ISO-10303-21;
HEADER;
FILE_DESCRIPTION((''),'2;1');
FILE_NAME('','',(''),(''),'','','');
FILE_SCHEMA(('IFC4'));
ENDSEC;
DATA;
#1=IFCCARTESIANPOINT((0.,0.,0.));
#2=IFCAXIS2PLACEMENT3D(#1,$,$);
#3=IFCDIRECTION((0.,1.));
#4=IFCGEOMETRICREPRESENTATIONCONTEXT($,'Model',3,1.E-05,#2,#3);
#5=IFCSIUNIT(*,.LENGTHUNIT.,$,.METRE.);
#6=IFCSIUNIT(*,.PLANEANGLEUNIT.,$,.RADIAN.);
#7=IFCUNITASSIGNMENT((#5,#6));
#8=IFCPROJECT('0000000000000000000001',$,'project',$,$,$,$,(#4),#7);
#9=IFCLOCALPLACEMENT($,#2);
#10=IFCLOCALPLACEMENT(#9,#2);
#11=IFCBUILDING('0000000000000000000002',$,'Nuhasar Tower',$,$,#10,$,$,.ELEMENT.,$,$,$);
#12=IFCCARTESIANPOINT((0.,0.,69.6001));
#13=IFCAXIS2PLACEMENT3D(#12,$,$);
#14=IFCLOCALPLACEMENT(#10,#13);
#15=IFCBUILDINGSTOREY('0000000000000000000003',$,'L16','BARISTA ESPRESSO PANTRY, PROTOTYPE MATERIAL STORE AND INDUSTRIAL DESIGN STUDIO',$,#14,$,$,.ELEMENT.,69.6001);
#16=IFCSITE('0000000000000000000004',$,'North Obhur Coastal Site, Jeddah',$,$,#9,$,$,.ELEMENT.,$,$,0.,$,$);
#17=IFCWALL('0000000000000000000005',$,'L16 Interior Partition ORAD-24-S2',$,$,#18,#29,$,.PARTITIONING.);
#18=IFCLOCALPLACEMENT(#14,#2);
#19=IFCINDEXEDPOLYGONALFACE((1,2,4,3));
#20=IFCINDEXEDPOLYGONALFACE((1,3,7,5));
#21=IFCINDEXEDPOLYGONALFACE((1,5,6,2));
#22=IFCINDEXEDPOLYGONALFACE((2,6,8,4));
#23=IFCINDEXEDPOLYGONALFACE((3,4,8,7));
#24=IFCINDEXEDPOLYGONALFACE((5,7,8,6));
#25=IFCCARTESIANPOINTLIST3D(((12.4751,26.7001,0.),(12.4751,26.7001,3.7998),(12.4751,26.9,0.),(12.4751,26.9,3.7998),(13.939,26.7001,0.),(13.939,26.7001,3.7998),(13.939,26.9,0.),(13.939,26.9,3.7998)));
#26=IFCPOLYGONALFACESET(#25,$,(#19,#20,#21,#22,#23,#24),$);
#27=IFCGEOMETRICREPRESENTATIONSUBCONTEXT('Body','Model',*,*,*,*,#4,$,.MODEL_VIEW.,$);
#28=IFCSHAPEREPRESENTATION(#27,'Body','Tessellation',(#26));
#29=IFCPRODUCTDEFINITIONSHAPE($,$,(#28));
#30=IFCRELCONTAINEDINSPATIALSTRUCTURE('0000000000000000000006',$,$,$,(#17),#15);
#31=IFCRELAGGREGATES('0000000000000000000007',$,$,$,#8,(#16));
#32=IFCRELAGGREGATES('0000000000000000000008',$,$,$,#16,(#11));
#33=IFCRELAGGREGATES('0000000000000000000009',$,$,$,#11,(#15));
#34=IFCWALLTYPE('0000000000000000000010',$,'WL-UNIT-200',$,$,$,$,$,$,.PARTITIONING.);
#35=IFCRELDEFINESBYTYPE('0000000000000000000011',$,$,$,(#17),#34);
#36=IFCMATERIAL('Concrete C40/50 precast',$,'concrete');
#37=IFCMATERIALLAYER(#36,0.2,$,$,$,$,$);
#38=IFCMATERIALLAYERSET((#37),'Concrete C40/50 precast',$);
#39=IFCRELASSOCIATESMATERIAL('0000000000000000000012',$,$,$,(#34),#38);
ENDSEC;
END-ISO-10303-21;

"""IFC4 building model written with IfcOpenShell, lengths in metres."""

from ifc_helpers import new_model, si_unit, direction, frame, frame_2d, origin, place, context, subcontext, project, spatial, rectangle, extrude, material, layer, layer_set, type_object, element, save


model = new_model("IFC4")

# Units and contexts
model_context = context("Model", 3, precision=1e-05, world=origin(), true_north=direction((0.0, 1.0)))
body_context = subcontext(model_context, "Body", "Model", "MODEL_VIEW")
ifc_project = project(units=[si_unit("LENGTHUNIT", "METRE"), si_unit("PLANEANGLEUNIT", "RADIAN")], contexts=[model_context])

# Site, building, storey
site_placement = place(None, origin())
site = spatial("IfcSite", under=ifc_project, at=site_placement, Name="North Obhur Coastal Site, Jeddah", CompositionType="ELEMENT", RefElevation=0.0)
building_placement = place(site_placement, origin())
building = spatial("IfcBuilding", under=site, at=building_placement, Name="Nuhasar Tower", CompositionType="ELEMENT")
storey_placement = place(building_placement, frame((0.0, 0.0, 69.6001)))
storey = spatial("IfcBuildingStorey", under=building, at=storey_placement, Name="L16", Description="BARISTA ESPRESSO PANTRY, PROTOTYPE MATERIAL STORE AND INDUSTRIAL DESIGN STUDIO", CompositionType="ELEMENT", Elevation=69.6001)

# Wall
ifc_material_1 = material(Name="Concrete C40/50 precast", Category="concrete")
ifc_layer_1 = layer(ifc_material_1, 0.2)
ifc_layer_set_1 = layer_set([ifc_layer_1], Name="Concrete C40/50 precast")
wall_type_1 = type_object("IfcWallType", Name="WL-UNIT-200", PredefinedType="PARTITIONING", material=ifc_layer_set_1)
wall_1_placement = place(storey_placement, frame((13.939, 26.8, 0.0), z_axis=(0.0, 0.0, 1.0), x_axis=(-1.0, 0.0, 0.0)))
element("IfcWall", 1, at=wall_1_placement, inside=storey, type_object=wall_type_1, Name="L16 Interior Partition ORAD-24-S2", PredefinedType="PARTITIONING", context=body_context, shape_type="SweptSolid", body=[
    extrude(rectangle(XDim=1.4639, YDim=0.2, at=frame_2d((0.7319, 0.0))), origin(), (0.0, 0.0, 1.0), 3.7998),
])

save(model, "model.ifc")
